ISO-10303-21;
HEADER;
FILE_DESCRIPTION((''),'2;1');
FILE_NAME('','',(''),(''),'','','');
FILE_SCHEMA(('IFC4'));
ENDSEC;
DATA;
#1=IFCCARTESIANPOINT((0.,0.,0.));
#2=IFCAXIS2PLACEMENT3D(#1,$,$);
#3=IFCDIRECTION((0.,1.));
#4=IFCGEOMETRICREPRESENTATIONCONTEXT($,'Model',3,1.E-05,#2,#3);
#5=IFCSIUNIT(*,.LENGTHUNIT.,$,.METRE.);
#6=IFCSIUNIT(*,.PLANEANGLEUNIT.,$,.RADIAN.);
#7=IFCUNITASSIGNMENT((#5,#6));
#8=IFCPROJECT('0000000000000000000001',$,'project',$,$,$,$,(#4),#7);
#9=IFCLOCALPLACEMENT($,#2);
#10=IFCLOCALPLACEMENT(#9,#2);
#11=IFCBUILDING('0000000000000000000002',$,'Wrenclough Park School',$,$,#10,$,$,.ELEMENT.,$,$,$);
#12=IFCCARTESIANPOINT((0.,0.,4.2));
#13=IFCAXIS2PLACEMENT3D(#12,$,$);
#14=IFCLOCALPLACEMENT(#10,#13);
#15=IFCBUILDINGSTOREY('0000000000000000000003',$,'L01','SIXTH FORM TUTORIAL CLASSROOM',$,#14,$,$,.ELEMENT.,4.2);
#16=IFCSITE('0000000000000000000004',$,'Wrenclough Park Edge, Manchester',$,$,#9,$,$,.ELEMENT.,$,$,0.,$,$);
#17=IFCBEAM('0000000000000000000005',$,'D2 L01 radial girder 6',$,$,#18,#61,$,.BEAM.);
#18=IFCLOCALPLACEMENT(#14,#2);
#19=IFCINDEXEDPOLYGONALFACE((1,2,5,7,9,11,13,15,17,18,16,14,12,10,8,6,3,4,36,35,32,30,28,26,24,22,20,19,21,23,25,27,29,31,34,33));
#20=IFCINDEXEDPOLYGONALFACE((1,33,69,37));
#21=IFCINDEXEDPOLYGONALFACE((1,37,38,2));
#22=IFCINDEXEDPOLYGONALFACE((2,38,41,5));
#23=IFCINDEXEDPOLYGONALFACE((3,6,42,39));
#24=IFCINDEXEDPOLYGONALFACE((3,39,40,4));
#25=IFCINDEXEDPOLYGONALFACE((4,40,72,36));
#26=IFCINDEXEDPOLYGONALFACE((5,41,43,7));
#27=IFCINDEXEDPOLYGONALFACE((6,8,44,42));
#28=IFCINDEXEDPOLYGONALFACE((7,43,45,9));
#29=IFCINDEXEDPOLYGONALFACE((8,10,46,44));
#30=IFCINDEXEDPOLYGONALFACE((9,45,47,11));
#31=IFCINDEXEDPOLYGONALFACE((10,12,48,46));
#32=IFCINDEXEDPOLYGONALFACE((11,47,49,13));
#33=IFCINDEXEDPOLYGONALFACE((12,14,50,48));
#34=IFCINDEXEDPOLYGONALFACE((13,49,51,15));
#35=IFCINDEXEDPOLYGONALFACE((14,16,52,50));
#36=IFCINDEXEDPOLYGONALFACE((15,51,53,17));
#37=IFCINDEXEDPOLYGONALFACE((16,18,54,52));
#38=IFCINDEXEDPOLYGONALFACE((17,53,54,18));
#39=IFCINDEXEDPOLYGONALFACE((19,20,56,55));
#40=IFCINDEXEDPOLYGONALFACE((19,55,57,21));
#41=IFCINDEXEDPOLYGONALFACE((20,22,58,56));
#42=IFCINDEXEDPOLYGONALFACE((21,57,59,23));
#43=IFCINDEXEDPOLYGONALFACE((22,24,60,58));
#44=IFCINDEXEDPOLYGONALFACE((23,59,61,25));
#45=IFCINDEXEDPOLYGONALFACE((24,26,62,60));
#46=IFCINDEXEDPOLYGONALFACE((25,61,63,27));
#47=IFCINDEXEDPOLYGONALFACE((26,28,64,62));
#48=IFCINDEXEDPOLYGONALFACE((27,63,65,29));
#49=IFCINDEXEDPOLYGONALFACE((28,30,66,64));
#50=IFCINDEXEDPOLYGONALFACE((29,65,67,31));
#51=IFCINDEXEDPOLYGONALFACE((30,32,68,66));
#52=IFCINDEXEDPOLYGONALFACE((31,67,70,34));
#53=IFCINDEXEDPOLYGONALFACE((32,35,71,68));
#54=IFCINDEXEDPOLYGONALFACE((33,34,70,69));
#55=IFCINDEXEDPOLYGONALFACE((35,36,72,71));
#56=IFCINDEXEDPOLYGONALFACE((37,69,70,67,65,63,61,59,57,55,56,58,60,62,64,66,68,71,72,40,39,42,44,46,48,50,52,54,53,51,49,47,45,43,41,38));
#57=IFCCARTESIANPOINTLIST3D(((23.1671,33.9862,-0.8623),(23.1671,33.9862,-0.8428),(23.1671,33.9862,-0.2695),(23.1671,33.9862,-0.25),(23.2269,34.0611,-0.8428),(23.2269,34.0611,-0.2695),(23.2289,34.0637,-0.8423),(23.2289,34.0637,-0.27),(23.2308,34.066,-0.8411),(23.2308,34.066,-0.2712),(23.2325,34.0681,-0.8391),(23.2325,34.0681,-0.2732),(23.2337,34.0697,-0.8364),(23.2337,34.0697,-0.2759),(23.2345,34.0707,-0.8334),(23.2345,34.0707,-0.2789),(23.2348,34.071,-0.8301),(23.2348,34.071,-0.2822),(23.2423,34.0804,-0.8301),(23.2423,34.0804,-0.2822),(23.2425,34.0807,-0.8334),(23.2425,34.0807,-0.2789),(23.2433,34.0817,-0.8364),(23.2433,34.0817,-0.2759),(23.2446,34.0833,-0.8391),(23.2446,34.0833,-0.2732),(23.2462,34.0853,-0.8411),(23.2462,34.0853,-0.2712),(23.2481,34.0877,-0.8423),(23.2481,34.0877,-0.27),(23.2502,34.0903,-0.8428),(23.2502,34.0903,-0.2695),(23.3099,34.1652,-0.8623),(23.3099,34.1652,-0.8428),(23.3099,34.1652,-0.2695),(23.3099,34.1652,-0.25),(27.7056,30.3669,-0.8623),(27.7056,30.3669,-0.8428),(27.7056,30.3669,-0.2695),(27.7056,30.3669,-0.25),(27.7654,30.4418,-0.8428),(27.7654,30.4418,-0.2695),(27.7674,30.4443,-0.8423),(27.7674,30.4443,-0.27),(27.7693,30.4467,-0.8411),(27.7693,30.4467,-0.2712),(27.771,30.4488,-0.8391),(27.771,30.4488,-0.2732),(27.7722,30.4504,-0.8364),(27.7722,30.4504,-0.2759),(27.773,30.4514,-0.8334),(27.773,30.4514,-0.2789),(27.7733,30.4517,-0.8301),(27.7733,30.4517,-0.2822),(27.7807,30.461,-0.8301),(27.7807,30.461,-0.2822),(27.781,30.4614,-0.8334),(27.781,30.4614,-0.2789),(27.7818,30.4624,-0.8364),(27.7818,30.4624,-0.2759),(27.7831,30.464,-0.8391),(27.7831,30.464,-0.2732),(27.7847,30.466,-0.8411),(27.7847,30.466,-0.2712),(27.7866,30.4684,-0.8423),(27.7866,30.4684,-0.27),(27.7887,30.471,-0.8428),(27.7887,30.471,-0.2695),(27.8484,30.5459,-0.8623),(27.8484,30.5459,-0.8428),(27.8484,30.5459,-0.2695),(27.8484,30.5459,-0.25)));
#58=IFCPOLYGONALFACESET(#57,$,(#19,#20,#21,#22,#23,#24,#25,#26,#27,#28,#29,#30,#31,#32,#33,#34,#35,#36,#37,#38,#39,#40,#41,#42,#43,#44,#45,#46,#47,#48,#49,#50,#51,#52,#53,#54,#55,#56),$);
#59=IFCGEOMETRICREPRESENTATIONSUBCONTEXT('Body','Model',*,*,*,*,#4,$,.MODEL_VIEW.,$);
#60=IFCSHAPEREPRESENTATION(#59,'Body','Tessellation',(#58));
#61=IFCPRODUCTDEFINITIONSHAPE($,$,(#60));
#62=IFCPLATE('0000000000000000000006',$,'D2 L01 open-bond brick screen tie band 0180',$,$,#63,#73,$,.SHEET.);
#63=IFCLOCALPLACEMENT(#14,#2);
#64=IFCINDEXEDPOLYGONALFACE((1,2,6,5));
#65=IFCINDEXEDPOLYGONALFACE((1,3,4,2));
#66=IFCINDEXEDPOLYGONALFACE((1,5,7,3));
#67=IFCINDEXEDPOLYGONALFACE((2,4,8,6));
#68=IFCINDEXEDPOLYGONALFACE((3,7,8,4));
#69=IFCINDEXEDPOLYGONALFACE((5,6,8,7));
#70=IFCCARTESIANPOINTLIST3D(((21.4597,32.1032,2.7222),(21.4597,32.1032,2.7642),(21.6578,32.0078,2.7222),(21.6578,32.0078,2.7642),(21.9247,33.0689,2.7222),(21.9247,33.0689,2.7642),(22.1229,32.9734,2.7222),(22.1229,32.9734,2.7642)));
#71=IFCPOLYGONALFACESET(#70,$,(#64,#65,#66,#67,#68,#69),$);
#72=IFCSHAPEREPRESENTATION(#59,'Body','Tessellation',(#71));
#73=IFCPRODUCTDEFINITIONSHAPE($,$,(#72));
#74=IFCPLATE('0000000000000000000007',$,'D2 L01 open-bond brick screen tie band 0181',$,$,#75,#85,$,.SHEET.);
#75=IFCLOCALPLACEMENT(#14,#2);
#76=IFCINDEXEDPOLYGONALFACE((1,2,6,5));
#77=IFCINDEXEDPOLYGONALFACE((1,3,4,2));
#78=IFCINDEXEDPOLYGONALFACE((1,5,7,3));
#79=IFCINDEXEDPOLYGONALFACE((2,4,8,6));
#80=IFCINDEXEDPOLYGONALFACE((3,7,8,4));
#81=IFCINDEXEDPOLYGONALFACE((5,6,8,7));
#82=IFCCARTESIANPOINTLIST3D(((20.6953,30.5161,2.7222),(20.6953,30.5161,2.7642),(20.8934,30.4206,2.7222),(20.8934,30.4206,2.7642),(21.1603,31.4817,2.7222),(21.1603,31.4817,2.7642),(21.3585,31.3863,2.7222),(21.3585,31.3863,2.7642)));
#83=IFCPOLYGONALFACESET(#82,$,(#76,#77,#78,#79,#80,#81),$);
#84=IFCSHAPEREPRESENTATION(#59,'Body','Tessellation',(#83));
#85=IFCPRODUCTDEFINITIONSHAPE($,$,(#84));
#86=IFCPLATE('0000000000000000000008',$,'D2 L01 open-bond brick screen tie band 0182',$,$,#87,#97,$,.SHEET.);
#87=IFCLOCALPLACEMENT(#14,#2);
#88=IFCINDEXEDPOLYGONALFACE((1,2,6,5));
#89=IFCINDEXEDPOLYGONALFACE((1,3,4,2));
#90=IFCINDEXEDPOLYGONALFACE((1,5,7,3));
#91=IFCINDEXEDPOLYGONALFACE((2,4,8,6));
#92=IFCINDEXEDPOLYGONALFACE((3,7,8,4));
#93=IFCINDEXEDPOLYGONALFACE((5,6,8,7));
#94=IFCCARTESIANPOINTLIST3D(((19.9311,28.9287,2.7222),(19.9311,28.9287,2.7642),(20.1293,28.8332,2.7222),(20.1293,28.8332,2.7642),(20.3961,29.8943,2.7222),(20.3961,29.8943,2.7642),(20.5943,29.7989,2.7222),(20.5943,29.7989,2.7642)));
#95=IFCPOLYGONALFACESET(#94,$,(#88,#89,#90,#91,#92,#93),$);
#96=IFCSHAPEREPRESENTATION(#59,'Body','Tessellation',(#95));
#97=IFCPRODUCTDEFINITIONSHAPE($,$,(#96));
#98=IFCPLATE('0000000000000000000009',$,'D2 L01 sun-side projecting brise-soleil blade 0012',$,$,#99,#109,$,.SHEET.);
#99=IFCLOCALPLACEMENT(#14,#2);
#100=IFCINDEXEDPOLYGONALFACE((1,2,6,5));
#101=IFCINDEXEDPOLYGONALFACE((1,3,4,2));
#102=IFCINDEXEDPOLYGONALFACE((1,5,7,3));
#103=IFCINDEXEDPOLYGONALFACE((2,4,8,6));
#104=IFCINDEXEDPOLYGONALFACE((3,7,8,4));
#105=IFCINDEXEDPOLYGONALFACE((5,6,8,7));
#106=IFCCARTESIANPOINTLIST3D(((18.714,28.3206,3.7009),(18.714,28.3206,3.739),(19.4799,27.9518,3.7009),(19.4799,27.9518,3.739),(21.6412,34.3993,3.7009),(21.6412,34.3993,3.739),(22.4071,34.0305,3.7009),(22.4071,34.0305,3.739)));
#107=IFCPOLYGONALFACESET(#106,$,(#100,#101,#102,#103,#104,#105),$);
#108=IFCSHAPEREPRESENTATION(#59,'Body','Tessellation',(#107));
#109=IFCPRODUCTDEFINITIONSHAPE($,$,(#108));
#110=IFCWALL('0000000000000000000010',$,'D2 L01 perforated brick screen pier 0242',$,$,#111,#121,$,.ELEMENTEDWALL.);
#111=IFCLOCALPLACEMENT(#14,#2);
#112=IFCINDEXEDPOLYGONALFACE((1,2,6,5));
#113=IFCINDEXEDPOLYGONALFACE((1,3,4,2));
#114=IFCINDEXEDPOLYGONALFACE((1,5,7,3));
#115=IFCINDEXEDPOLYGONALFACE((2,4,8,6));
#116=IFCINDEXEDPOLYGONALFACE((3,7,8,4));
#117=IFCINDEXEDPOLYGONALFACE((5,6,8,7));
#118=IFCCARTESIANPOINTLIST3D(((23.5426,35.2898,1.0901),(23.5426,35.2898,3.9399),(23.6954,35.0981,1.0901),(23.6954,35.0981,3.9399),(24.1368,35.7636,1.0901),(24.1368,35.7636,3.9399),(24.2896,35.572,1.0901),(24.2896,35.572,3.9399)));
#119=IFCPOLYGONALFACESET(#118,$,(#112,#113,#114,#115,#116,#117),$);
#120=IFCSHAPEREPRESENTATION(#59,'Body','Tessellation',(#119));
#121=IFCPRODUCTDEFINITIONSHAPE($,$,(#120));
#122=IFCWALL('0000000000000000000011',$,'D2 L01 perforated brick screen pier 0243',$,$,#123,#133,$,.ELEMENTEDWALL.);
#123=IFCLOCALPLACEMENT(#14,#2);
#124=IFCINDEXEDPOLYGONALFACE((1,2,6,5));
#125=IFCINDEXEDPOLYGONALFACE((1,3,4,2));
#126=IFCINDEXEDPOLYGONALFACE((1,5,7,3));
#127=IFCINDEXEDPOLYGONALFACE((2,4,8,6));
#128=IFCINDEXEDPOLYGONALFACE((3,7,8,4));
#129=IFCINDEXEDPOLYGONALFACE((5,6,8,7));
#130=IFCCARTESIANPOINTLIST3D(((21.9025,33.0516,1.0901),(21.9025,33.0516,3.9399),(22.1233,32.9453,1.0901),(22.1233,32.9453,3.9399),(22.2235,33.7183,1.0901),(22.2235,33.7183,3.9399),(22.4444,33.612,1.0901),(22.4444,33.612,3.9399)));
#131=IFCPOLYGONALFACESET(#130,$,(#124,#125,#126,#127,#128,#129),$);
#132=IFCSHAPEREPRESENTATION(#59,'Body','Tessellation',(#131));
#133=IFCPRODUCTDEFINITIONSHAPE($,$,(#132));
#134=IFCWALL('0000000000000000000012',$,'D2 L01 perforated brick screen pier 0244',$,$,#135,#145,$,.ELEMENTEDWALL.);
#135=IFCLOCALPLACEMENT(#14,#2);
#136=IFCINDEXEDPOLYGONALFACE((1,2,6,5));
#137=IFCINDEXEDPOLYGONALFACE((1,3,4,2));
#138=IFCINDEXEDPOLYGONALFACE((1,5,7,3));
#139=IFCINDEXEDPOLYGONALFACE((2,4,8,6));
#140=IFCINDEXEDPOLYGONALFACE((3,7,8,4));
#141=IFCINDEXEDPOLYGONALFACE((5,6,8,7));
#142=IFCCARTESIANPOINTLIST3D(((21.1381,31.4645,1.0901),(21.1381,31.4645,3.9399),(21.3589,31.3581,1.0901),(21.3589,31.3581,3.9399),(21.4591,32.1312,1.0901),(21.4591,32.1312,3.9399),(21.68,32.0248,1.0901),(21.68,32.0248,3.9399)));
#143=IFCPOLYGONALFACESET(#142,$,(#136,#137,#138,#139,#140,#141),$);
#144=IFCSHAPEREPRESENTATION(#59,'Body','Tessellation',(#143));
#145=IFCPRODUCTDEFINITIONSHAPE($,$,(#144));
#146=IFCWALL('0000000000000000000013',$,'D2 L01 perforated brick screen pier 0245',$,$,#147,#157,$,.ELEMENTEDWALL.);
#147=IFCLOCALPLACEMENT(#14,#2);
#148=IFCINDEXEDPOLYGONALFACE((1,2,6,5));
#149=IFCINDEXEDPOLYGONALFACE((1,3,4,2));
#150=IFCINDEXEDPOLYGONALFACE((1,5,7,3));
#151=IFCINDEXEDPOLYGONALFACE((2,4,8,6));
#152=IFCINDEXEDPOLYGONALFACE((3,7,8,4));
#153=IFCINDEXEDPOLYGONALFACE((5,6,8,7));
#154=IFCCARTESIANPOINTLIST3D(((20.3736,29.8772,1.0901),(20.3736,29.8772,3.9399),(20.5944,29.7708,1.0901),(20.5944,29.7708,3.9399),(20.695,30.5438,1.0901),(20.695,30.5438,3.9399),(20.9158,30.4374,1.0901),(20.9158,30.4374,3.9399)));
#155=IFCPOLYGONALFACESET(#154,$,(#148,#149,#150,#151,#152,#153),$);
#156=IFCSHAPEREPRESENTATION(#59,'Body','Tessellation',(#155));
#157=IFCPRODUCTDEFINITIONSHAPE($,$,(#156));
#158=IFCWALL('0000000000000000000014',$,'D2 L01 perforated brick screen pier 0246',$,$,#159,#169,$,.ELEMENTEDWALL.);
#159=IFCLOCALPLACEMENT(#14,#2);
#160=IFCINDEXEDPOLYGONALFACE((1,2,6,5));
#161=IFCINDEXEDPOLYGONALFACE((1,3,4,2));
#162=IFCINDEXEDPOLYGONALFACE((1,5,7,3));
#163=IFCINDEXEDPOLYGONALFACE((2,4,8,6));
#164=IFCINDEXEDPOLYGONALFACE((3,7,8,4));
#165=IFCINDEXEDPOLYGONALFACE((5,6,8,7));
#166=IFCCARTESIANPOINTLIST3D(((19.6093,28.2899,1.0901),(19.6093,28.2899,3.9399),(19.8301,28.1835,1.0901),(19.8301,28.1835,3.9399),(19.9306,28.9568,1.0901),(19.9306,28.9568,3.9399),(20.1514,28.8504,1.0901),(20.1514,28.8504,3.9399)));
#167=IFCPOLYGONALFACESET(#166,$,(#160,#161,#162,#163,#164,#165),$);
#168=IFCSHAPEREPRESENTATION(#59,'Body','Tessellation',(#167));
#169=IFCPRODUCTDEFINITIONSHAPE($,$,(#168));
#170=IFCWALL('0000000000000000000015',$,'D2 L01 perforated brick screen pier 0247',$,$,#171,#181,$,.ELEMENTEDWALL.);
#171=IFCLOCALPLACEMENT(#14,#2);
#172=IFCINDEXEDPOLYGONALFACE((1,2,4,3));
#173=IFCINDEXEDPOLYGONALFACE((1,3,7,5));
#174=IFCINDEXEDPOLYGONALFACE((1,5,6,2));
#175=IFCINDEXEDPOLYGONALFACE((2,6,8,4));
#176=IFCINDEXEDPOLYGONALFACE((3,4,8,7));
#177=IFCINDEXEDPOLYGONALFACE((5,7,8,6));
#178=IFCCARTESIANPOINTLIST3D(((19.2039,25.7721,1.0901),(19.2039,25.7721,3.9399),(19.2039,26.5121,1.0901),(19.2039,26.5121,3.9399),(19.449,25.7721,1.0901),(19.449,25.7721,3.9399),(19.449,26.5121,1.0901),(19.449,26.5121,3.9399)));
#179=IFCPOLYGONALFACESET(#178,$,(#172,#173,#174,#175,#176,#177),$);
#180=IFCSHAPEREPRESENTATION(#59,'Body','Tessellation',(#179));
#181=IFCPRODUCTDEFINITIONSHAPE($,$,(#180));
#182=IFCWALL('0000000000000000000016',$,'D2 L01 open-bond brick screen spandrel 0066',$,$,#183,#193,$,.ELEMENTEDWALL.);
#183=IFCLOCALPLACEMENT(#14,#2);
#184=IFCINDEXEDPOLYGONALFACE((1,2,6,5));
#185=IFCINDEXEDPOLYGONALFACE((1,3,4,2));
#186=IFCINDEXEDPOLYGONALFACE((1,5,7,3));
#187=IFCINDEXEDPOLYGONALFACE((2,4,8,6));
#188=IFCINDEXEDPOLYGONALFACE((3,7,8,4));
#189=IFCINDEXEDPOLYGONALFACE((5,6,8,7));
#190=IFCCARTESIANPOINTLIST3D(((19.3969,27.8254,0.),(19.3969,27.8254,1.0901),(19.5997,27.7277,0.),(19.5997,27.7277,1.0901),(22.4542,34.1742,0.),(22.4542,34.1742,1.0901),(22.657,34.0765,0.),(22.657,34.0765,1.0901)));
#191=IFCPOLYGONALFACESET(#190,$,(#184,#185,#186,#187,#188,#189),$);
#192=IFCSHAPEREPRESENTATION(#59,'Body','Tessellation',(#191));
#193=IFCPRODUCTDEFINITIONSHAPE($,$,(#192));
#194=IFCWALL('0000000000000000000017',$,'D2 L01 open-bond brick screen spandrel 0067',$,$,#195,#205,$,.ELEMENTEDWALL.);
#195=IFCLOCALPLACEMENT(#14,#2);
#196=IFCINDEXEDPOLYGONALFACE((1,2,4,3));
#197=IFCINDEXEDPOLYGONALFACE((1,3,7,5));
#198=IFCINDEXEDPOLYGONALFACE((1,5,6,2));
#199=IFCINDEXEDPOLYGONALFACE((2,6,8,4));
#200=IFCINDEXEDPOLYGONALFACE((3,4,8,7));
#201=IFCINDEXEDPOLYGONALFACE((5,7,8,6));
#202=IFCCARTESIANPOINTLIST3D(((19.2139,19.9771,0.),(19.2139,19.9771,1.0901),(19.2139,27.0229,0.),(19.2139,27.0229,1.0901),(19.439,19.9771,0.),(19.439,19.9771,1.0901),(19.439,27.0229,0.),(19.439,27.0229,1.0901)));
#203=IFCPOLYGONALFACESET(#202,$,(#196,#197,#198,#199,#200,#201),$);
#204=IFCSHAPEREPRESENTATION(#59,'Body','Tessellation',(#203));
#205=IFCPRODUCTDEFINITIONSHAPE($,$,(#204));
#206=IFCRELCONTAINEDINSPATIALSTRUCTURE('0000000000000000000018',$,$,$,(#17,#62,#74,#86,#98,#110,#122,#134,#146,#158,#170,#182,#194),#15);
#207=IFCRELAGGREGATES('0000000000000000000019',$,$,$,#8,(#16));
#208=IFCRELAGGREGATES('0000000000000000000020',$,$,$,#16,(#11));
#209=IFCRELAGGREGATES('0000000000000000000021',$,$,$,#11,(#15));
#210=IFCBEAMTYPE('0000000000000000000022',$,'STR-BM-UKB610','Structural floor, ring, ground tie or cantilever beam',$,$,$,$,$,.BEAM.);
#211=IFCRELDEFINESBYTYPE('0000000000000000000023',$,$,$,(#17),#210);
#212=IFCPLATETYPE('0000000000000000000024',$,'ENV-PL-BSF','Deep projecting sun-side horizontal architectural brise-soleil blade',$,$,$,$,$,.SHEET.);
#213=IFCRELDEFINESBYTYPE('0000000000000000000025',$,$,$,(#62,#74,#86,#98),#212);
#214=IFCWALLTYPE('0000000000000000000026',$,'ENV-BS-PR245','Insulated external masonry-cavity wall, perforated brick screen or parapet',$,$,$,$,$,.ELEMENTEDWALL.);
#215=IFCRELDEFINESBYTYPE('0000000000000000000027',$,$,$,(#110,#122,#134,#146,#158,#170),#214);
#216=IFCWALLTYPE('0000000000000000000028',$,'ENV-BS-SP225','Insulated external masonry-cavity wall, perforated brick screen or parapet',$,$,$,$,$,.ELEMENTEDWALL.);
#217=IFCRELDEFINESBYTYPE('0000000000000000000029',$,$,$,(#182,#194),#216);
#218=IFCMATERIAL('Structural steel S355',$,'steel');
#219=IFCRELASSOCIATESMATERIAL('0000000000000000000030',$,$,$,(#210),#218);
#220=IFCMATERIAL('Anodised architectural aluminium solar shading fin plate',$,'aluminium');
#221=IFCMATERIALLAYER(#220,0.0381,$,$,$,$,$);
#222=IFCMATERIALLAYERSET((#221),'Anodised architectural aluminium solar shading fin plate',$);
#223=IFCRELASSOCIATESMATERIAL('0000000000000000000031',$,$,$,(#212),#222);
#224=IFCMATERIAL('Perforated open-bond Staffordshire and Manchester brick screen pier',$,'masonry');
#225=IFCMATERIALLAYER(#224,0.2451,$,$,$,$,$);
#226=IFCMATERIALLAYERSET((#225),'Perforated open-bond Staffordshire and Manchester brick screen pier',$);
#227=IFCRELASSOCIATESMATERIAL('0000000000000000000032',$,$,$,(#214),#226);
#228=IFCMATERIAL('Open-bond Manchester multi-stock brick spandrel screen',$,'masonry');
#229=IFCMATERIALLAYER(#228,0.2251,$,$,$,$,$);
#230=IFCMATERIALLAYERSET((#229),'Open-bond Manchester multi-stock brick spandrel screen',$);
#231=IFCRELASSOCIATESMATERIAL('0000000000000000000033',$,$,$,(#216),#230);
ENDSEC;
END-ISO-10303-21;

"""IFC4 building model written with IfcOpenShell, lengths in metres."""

from ifc_helpers import new_model, si_unit, direction, frame, frame_2d, origin, origin_2d, place, context, subcontext, project, spatial, rectangle, i_section, extrude, material, layer, layer_set, material_profile, profile_set, type_object, element, save


model = new_model("IFC4")

# Units and contexts
model_context = context("Model", 3, precision=1e-05, world=origin(), true_north=direction((0.0, 1.0)))
body_context = subcontext(model_context, "Body", "Model", "MODEL_VIEW")
ifc_project = project(units=[si_unit("LENGTHUNIT", "METRE"), si_unit("PLANEANGLEUNIT", "RADIAN")], contexts=[model_context])

# Site, building, storey
site_placement = place(None, origin())
site = spatial("IfcSite", under=ifc_project, at=site_placement, Name="Wrenclough Park Edge, Manchester", CompositionType="ELEMENT", RefElevation=0.0)
building_placement = place(site_placement, origin())
building = spatial("IfcBuilding", under=site, at=building_placement, Name="Wrenclough Park School", CompositionType="ELEMENT")
storey_placement = place(building_placement, frame((0.0, 0.0, 4.2)))
storey = spatial("IfcBuildingStorey", under=building, at=storey_placement, Name="L01", Description="SIXTH FORM TUTORIAL CLASSROOM", CompositionType="ELEMENT", Elevation=4.2)

# Beam
ifc_material_1 = material(Name="Structural steel S355", Category="steel")
ifc_material_profile_1 = material_profile(ifc_material_1, i_section(OverallWidth=0.229, OverallDepth=0.6123, WebThickness=0.012, FlangeThickness=0.0195, FilletRadius=0.0127, at=origin_2d()), Name="UKB 610x229x125")
ifc_profile_set_1 = profile_set([ifc_material_profile_1], Name="Structural steel S355")
beam_type_1 = type_object("IfcBeamType", Name="STR-BM-UKB610", Description="Structural floor, ring, ground tie or cantilever beam", PredefinedType="BEAM", material=ifc_profile_set_1)
beam_placement = place(storey_placement, frame((23.2385, 34.0757, -0.5562), z_axis=(0.781832, -0.623489, 0.0), x_axis=(0.623489, 0.781832, 0.0)))
element("IfcBeam", 1, at=beam_placement, inside=storey, type_object=beam_type_1, Name="D2 L01 radial girder 6", PredefinedType="BEAM", context=body_context, shape_type="SweptSolid", body=[
    extrude(i_section(OverallWidth=0.229, OverallDepth=0.6123, WebThickness=0.012, FlangeThickness=0.0195, FilletRadius=0.0127, at=origin_2d()), origin(), (0.0, 0.0, 1.0), 5.8049),
])

# Plates
ifc_material_2 = material(Name="Anodised architectural aluminium solar shading fin plate", Category="aluminium")
ifc_layer_1 = layer(ifc_material_2, 0.0381)
ifc_layer_set_1 = layer_set([ifc_layer_1], Name="Anodised architectural aluminium solar shading fin plate")
plate_type = type_object("IfcPlateType", Name="ENV-PL-BSF", Description="Deep projecting sun-side horizontal architectural brise-soleil blade", PredefinedType="SHEET", material=ifc_layer_set_1)
for number, where, z_axis, x_axis, name in (
    (2, (21.7913, 32.5383, 2.7222), (0.0, 0.0, 1.0), (-0.43387, -0.900975, 0.0), "D2 L01 open-bond brick screen tie band 0180"),
    (3, (21.0269, 30.9512, 2.7222), (0.0, 0.0, 1.0), (-0.43387, -0.900975, 0.0), "D2 L01 open-bond brick screen tie band 0181"),
    (4, (20.2627, 29.3638, 2.7222), (0.0, 0.0, 1.0), (-0.43387, -0.900975, 0.0), "D2 L01 open-bond brick screen tie band 0182"),
):
    element("IfcPlate", number, at=place(storey_placement, frame(where, z_axis=z_axis, x_axis=x_axis)), inside=storey, type_object=plate_type, Name=name, PredefinedType="SHEET", context=body_context, shape_type="SweptSolid", body=[
        extrude(rectangle(XDim=1.0718, YDim=0.22, at=origin_2d()), origin(), (0.0, 0.0, 1.0), 0.042),
    ])
plate_placement = place(storey_placement, frame((20.5605, 31.1755, 3.7009), z_axis=(0.0, 0.0, 1.0), x_axis=(-0.43387, -0.900975, 0.0)))
element("IfcPlate", 5, at=plate_placement, inside=storey, type_object=plate_type, Name="D2 L01 sun-side projecting brise-soleil blade 0012", PredefinedType="SHEET", context=body_context, shape_type="SweptSolid", body=[
    extrude(rectangle(XDim=6.7468, YDim=0.8501, at=origin_2d()), origin(), (0.0, 0.0, 1.0), 0.0381),
])

# Walls
ifc_material_3 = material(Name="Perforated open-bond Staffordshire and Manchester brick screen pier", Category="masonry")
ifc_layer_2 = layer(ifc_material_3, 0.2451)
ifc_layer_set_2 = layer_set([ifc_layer_2], Name="Perforated open-bond Staffordshire and Manchester brick screen pier")
wall_type_1 = type_object("IfcWallType", Name="ENV-BS-PR245", Description="Insulated external masonry-cavity wall, perforated brick screen or parapet", PredefinedType="ELEMENTEDWALL", material=ifc_layer_set_2)
wall_1_placement = place(storey_placement, frame((24.2131, 35.6677, 1.0901), z_axis=(0.0, 0.0, 1.0), x_axis=(-0.781839, -0.62348, 0.0)))
element("IfcWall", 6, at=wall_1_placement, inside=storey, type_object=wall_type_1, Name="D2 L01 perforated brick screen pier 0242", PredefinedType="ELEMENTEDWALL", context=body_context, shape_type="SweptSolid", body=[
    extrude(rectangle(XDim=0.76, YDim=0.2451, at=frame_2d((0.3799, 0.0))), origin(), (0.0, 0.0, 1.0), 2.8499),
])
for number, where, z_axis, x_axis, name in (
    (7, (22.334, 33.6653, 1.0901), (0.0, 0.0, 1.0), (-0.433835, -0.900992, 0.0), "D2 L01 perforated brick screen pier 0243"),
    (8, (21.5696, 32.0781, 1.0901), (0.0, 0.0, 1.0), (-0.433835, -0.900992, 0.0), "D2 L01 perforated brick screen pier 0244"),
    (9, (20.8054, 30.4907, 1.0901), (0.0, 0.0, 1.0), (-0.434232, -0.900801, 0.0), "D2 L01 perforated brick screen pier 0245"),
):
    element("IfcWall", number, at=place(storey_placement, frame(where, z_axis=z_axis, x_axis=x_axis)), inside=storey, type_object=wall_type_1, Name=name, PredefinedType="ELEMENTEDWALL", context=body_context, shape_type="SweptSolid", body=[
        extrude(rectangle(XDim=0.74, YDim=0.2451, at=frame_2d((0.3701, 0.0))), origin(), (0.0, 0.0, 1.0), 2.8499),
    ])
wall_2_placement = place(storey_placement, frame((20.041, 28.9036, 1.0901), z_axis=(0.0, 0.0, 1.0), x_axis=(-0.434103, -0.900863, 0.0)))
element("IfcWall", 10, at=wall_2_placement, inside=storey, type_object=wall_type_1, Name="D2 L01 perforated brick screen pier 0246", PredefinedType="ELEMENTEDWALL", context=body_context, shape_type="SweptSolid", body=[
    extrude(rectangle(XDim=0.7402, YDim=0.2451, at=frame_2d((0.3701, 0.0))), origin(), (0.0, 0.0, 1.0), 2.8499),
])
wall_3_placement = place(storey_placement, frame((19.3264, 26.5122, 1.0901), z_axis=(0.0, 0.0, 1.0), x_axis=(0.0, -1.0, 0.0)))
element("IfcWall", 11, at=wall_3_placement, inside=storey, type_object=wall_type_1, Name="D2 L01 perforated brick screen pier 0247", PredefinedType="ELEMENTEDWALL", context=body_context, shape_type="SweptSolid", body=[
    extrude(rectangle(XDim=0.74, YDim=0.2451, at=frame_2d((0.3701, 0.0))), origin(), (0.0, 0.0, 1.0), 2.8499),
])
ifc_material_4 = material(Name="Open-bond Manchester multi-stock brick spandrel screen", Category="masonry")
ifc_layer_3 = layer(ifc_material_4, 0.2251)
ifc_layer_set_3 = layer_set([ifc_layer_3], Name="Open-bond Manchester multi-stock brick spandrel screen")
wall_type_2 = type_object("IfcWallType", Name="ENV-BS-SP225", Description="Insulated external masonry-cavity wall, perforated brick screen or parapet", PredefinedType="ELEMENTEDWALL", material=ifc_layer_set_3)
wall_4_placement = place(storey_placement, frame((22.5557, 34.1255, 0.0), z_axis=(0.0, 0.0, 1.0), x_axis=(-0.433874, -0.900974, 0.0)))
element("IfcWall", 12, at=wall_4_placement, inside=storey, type_object=wall_type_2, Name="D2 L01 open-bond brick screen spandrel 0066", PredefinedType="ELEMENTEDWALL", context=body_context, shape_type="SweptSolid", body=[
    extrude(rectangle(XDim=7.0466, YDim=0.2251, at=frame_2d((3.5234, 0.0))), origin(), (0.0, 0.0, 1.0), 1.0901),
])
wall_5_placement = place(storey_placement, frame((19.3264, 27.0229, 0.0), z_axis=(0.0, 0.0, 1.0), x_axis=(0.0, -1.0, 0.0)))
element("IfcWall", 13, at=wall_5_placement, inside=storey, type_object=wall_type_2, Name="D2 L01 open-bond brick screen spandrel 0067", PredefinedType="ELEMENTEDWALL", context=body_context, shape_type="SweptSolid", body=[
    extrude(rectangle(XDim=7.0459, YDim=0.2251, at=frame_2d((3.5229, 0.0))), origin(), (0.0, 0.0, 1.0), 1.0901),
])

save(model, "model.ifc")
